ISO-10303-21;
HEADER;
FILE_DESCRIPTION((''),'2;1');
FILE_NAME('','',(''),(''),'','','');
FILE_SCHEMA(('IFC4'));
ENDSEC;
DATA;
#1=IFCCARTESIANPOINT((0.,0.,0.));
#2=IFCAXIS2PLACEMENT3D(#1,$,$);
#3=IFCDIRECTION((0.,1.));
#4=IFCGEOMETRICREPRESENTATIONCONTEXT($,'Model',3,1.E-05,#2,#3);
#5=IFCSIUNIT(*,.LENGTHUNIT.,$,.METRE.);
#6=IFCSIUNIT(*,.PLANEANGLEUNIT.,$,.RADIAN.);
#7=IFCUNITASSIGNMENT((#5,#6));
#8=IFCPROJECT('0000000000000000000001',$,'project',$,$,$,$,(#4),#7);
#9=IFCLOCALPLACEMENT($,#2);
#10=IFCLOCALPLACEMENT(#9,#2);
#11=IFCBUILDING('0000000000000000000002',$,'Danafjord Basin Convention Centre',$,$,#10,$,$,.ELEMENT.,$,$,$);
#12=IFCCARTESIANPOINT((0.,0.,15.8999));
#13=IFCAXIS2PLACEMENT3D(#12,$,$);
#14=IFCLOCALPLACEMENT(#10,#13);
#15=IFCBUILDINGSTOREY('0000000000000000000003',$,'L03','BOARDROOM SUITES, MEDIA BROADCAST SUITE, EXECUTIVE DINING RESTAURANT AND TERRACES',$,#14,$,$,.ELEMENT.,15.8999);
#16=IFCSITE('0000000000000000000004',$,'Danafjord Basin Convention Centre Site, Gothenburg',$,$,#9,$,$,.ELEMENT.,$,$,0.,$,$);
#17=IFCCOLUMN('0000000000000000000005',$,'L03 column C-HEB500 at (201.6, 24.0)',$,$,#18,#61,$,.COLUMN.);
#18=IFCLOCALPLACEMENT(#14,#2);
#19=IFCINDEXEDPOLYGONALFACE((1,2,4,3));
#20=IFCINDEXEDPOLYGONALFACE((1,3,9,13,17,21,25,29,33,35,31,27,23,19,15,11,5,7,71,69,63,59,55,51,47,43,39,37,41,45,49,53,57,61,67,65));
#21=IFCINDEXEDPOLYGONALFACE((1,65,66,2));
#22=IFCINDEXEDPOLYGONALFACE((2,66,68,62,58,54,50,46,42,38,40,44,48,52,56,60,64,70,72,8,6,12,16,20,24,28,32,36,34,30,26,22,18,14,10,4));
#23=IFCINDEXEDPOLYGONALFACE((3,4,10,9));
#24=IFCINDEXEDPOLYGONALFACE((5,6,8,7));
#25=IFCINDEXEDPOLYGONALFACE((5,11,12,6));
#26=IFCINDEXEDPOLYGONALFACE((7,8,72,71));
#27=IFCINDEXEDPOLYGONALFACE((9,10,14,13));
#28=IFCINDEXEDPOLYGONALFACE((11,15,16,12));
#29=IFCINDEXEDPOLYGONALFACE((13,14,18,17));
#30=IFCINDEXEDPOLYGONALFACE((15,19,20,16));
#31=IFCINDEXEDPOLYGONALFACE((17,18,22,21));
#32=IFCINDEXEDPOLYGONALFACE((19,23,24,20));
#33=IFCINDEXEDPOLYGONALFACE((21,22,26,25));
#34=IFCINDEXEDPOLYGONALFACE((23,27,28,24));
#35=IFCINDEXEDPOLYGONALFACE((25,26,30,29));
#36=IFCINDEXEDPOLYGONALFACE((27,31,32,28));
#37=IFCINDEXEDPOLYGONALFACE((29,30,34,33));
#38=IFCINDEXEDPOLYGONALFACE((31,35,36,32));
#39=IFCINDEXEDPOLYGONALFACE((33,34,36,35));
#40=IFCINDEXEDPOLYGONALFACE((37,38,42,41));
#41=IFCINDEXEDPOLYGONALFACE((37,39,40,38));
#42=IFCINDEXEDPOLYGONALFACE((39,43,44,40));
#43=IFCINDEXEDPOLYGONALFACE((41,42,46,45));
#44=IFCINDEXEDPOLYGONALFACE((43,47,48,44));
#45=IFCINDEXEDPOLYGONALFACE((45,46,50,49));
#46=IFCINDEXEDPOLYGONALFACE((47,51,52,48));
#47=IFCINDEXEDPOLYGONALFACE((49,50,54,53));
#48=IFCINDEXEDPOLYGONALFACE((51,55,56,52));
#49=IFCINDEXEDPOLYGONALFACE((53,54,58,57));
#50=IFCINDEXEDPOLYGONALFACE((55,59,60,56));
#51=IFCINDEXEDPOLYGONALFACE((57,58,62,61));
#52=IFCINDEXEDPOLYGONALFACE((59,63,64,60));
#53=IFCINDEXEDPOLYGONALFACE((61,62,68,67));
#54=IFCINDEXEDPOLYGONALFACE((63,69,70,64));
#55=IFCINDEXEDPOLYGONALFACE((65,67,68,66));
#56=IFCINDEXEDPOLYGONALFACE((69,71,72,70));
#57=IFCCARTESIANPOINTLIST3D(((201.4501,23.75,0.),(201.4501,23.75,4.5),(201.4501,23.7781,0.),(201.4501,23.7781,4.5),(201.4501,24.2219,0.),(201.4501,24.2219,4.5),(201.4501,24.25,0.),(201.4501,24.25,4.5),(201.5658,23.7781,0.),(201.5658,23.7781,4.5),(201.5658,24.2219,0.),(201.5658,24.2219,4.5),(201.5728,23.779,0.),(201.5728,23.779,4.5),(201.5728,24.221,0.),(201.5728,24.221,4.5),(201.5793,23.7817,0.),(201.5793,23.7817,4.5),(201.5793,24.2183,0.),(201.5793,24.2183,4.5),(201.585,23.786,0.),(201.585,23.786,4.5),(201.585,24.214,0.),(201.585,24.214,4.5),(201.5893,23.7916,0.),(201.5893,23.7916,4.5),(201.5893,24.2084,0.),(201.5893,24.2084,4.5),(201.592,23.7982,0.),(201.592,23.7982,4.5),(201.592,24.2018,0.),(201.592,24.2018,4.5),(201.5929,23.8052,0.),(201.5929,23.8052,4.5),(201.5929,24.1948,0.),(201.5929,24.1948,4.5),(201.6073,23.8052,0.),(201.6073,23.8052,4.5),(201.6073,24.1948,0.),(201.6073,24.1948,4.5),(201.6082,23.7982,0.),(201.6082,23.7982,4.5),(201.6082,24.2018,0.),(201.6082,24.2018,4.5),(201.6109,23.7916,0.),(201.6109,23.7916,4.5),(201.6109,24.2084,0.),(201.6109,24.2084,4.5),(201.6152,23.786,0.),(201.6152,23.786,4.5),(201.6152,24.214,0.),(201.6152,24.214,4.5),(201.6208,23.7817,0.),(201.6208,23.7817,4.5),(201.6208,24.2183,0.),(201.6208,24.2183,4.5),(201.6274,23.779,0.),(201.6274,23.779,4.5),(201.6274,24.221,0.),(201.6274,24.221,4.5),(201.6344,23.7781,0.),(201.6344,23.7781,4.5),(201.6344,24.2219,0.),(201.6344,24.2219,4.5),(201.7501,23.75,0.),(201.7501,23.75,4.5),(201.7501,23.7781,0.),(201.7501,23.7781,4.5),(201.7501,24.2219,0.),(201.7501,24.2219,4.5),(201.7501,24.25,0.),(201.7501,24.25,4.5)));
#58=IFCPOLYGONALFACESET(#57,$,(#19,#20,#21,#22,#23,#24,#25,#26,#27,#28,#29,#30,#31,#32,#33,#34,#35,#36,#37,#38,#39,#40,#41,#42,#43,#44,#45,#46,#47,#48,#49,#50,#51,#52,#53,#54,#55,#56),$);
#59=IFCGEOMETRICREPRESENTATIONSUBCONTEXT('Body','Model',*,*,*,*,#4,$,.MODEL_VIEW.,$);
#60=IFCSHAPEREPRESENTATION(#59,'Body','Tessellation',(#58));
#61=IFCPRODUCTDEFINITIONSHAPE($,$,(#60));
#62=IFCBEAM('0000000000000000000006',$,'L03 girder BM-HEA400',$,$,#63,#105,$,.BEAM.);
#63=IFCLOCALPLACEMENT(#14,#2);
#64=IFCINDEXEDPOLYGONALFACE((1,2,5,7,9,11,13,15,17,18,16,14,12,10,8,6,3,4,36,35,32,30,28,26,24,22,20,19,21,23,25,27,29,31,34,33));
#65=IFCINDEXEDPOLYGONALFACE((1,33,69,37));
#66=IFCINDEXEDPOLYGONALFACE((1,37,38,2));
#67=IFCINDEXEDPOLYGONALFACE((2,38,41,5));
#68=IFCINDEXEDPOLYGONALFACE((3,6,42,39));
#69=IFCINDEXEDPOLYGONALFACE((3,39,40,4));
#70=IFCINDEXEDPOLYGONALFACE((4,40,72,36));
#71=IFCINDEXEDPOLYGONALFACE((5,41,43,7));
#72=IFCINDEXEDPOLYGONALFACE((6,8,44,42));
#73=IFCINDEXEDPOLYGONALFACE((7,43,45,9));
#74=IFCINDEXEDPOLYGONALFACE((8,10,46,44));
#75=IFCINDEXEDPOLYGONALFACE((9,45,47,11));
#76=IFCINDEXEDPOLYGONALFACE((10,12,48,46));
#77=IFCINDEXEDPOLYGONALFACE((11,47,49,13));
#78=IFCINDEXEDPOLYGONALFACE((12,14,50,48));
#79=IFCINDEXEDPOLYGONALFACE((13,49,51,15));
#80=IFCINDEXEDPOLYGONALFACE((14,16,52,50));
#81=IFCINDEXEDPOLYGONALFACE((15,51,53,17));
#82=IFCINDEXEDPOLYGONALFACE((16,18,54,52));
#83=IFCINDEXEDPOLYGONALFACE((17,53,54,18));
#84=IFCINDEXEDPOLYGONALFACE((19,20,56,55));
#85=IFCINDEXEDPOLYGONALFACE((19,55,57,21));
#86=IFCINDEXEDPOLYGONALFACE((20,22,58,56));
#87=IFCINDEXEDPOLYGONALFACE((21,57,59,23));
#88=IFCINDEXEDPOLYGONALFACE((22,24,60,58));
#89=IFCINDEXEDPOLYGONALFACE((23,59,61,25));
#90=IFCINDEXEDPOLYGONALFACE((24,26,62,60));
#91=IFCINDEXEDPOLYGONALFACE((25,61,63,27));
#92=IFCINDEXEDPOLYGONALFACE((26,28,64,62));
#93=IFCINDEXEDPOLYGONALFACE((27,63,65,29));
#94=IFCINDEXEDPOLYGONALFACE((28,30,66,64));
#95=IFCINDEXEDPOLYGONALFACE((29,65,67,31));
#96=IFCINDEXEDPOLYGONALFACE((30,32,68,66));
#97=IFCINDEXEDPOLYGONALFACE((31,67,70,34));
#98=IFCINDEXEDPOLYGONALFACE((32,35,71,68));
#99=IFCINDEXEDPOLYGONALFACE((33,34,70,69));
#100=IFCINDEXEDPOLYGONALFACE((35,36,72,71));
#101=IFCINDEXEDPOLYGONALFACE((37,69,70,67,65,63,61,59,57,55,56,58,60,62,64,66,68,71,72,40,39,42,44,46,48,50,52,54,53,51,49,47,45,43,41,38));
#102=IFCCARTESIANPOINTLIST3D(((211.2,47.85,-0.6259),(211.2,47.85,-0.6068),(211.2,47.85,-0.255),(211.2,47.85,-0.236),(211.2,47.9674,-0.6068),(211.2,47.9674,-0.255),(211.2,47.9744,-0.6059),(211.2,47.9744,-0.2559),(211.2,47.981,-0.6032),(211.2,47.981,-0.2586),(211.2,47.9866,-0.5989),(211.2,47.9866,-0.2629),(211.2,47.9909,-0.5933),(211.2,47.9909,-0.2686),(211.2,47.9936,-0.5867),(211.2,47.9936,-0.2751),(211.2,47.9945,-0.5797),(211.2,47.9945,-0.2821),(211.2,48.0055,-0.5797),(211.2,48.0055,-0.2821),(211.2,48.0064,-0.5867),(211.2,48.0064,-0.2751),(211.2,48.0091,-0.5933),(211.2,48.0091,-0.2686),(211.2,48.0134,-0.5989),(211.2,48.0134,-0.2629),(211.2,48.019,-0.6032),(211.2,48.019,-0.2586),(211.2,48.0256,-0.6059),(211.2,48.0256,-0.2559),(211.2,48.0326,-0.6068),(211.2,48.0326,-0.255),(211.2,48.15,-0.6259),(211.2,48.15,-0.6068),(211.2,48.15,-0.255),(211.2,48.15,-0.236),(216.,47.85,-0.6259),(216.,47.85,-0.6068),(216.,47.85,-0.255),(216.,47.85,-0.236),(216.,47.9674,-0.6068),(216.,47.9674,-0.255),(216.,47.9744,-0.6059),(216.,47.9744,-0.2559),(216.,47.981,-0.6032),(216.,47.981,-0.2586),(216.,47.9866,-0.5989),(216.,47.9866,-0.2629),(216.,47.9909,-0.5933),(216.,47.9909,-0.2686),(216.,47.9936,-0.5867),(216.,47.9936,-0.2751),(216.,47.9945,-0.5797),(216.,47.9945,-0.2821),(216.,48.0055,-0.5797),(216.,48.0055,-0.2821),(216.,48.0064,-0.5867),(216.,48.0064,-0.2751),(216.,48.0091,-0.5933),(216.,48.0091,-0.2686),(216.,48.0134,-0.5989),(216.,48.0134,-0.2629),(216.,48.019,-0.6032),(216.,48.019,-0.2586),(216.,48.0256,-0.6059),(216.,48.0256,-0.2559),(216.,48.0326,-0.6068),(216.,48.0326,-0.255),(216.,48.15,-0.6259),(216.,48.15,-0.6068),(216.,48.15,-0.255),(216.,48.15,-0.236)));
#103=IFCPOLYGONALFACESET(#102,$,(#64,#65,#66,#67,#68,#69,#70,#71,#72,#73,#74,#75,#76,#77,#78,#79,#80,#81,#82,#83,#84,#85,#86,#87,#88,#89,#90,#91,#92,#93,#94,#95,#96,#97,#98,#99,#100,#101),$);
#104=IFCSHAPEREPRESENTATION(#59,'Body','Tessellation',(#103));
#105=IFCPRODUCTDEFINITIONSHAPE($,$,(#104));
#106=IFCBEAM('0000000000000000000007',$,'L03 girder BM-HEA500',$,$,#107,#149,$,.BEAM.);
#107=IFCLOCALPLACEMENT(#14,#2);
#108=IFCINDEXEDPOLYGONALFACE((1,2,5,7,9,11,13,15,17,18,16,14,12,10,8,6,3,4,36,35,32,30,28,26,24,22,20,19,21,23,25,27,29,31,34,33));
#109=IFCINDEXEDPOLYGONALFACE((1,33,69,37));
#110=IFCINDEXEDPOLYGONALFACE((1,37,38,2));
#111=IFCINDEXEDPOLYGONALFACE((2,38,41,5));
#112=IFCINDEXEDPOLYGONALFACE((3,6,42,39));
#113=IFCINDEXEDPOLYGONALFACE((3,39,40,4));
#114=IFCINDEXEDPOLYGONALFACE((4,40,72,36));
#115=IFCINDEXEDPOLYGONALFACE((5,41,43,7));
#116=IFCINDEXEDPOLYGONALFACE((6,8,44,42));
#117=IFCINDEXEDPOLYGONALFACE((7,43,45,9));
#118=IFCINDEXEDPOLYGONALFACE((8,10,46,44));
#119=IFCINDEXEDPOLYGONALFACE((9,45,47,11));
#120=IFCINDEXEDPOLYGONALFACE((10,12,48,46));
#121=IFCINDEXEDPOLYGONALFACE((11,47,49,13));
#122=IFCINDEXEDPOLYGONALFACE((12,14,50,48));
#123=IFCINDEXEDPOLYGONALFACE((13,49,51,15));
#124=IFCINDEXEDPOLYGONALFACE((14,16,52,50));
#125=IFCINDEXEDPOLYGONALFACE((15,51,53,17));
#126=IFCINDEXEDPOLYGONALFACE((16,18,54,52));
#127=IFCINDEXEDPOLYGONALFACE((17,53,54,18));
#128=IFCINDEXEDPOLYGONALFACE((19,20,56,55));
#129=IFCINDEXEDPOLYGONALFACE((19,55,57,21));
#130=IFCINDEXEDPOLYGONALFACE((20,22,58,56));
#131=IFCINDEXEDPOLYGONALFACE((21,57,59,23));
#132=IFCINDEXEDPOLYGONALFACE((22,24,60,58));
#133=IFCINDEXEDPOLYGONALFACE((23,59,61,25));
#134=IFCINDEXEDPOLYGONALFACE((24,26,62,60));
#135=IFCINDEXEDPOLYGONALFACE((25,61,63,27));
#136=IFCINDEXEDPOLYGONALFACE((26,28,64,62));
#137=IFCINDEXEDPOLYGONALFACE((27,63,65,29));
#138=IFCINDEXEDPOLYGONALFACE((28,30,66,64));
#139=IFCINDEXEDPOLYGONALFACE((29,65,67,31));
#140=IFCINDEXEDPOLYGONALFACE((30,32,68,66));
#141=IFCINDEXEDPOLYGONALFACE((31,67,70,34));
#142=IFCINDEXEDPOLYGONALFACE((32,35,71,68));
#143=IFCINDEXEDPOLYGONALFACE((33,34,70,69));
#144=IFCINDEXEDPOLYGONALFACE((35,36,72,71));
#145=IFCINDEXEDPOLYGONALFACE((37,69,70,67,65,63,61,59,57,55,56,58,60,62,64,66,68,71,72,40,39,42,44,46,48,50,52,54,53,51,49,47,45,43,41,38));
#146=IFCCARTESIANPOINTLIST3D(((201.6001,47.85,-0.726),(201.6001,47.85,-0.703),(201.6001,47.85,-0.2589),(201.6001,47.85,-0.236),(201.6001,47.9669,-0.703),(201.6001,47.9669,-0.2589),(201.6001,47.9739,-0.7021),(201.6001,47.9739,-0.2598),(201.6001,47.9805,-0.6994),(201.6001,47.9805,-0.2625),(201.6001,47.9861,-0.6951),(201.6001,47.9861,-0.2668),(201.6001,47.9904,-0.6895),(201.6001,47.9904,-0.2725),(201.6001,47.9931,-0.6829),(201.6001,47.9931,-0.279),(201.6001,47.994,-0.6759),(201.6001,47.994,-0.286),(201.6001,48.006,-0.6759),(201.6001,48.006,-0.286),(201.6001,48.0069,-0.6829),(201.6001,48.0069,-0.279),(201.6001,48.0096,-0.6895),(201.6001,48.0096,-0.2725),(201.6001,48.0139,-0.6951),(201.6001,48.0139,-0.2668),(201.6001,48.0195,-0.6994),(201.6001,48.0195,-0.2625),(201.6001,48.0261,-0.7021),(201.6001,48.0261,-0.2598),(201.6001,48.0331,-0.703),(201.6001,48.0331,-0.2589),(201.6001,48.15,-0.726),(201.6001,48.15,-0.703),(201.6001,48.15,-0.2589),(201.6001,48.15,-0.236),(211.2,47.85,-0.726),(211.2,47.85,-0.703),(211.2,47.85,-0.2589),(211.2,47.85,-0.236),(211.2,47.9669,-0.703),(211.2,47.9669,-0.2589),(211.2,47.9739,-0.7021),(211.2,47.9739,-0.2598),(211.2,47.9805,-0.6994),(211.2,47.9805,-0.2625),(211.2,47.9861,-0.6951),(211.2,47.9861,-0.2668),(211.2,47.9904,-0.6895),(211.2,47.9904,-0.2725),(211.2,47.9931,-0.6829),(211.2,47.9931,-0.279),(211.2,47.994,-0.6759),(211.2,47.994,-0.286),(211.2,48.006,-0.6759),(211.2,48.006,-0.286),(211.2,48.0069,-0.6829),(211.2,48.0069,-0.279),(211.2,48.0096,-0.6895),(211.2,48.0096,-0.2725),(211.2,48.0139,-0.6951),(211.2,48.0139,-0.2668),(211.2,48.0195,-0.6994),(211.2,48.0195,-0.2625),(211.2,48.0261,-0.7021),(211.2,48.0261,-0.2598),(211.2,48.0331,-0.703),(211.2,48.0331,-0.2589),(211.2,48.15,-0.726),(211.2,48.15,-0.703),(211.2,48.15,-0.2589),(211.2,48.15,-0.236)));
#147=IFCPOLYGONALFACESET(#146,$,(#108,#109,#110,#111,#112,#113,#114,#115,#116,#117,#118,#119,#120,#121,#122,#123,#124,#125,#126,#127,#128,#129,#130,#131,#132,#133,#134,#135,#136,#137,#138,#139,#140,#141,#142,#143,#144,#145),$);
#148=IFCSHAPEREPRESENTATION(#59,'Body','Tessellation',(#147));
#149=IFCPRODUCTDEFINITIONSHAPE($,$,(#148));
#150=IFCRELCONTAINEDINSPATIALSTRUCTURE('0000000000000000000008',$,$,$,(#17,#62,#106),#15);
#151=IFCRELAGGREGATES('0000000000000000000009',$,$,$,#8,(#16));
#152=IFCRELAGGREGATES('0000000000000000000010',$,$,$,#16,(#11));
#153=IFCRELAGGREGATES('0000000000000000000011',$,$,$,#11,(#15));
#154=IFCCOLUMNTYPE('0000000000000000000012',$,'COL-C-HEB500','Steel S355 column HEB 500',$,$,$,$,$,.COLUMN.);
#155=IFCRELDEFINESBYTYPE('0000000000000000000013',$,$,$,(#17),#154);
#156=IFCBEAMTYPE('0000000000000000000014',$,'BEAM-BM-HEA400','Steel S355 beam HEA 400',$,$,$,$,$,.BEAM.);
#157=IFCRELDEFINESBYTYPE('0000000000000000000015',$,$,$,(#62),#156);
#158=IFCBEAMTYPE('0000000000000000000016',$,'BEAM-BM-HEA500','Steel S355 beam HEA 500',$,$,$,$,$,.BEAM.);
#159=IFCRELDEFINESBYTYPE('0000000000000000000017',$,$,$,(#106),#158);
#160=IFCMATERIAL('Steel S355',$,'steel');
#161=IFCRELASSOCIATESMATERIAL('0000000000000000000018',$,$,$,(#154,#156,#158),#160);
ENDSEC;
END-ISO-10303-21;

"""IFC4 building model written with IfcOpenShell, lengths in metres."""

from ifc_helpers import new_model, si_unit, direction, frame, origin, origin_2d, place, context, subcontext, project, spatial, i_section, extrude, material, material_profile, profile_set, type_object, element, save


model = new_model("IFC4")

# Units and contexts
model_context = context("Model", 3, precision=1e-05, world=origin(), true_north=direction((0.0, 1.0)))
body_context = subcontext(model_context, "Body", "Model", "MODEL_VIEW")
ifc_project = project(units=[si_unit("LENGTHUNIT", "METRE"), si_unit("PLANEANGLEUNIT", "RADIAN")], contexts=[model_context])

# Site, building, storey
site_placement = place(None, origin())
site = spatial("IfcSite", under=ifc_project, at=site_placement, Name="Danafjord Basin Convention Centre Site, Gothenburg", CompositionType="ELEMENT", RefElevation=0.0)
building_placement = place(site_placement, origin())
building = spatial("IfcBuilding", under=site, at=building_placement, Name="Danafjord Basin Convention Centre", CompositionType="ELEMENT")
storey_placement = place(building_placement, frame((0.0, 0.0, 15.8999)))
storey = spatial("IfcBuildingStorey", under=building, at=storey_placement, Name="L03", Description="BOARDROOM SUITES, MEDIA BROADCAST SUITE, EXECUTIVE DINING RESTAURANT AND TERRACES", CompositionType="ELEMENT", Elevation=15.8999)

# Column
ifc_material_1 = material(Name="Steel S355", Category="steel")
ifc_material_profile_1 = material_profile(ifc_material_1, i_section(OverallWidth=0.3, OverallDepth=0.5, WebThickness=0.0144, FlangeThickness=0.0281, FilletRadius=0.0271, at=origin_2d()), Name="HEB 500")
ifc_profile_set_1 = profile_set([ifc_material_profile_1], Name="Steel S355")
column_type_1 = type_object("IfcColumnType", Name="COL-C-HEB500", Description="Steel S355 column HEB 500", PredefinedType="COLUMN", material=ifc_profile_set_1)
column_1_placement = place(storey_placement, frame((201.6001, 24.0, 0.0), z_axis=(0.0, 0.0, 1.0), x_axis=(1.0, 0.0, 0.0)))
element("IfcColumn", 1, at=column_1_placement, inside=storey, type_object=column_type_1, Name="L03 column C-HEB500 at (201.6, 24.0)", PredefinedType="COLUMN", context=body_context, shape_type="SweptSolid", body=[
    extrude(i_section(OverallWidth=0.3, OverallDepth=0.5, WebThickness=0.0144, FlangeThickness=0.0281, FilletRadius=0.0271, at=origin_2d()), origin(), (0.0, 0.0, 1.0), 4.5),
])

# Beams
ifc_material_profile_2 = material_profile(ifc_material_1, i_section(OverallWidth=0.3, OverallDepth=0.3899, WebThickness=0.011, FlangeThickness=0.019, FilletRadius=0.0271, at=origin_2d()), Name="HEA 400")
ifc_profile_set_2 = profile_set([ifc_material_profile_2], Name="Steel S355")
beam_type_1 = type_object("IfcBeamType", Name="BEAM-BM-HEA400", Description="Steel S355 beam HEA 400", PredefinedType="BEAM", material=ifc_profile_set_2)
beam_1_placement = place(storey_placement, frame((211.2, 48.0, -0.4309), z_axis=(1.0, 0.0, 0.0), x_axis=(0.0, 1.0, 0.0)))
element("IfcBeam", 2, at=beam_1_placement, inside=storey, type_object=beam_type_1, Name="L03 girder BM-HEA400", PredefinedType="BEAM", context=body_context, shape_type="SweptSolid", body=[
    extrude(i_section(OverallWidth=0.3, OverallDepth=0.3899, WebThickness=0.011, FlangeThickness=0.019, FilletRadius=0.0271, at=origin_2d()), origin(), (0.0, 0.0, 1.0), 4.8),
])
ifc_material_profile_3 = material_profile(ifc_material_1, i_section(OverallWidth=0.3, OverallDepth=0.49, WebThickness=0.012, FlangeThickness=0.0229, FilletRadius=0.0271, at=origin_2d()), Name="HEA 500")
ifc_profile_set_3 = profile_set([ifc_material_profile_3], Name="Steel S355")
beam_type_2 = type_object("IfcBeamType", Name="BEAM-BM-HEA500", Description="Steel S355 beam HEA 500", PredefinedType="BEAM", material=ifc_profile_set_3)
beam_2_placement = place(storey_placement, frame((201.6001, 48.0, -0.481), z_axis=(1.0, 0.0, 0.0), x_axis=(0.0, 1.0, 0.0)))
element("IfcBeam", 3, at=beam_2_placement, inside=storey, type_object=beam_type_2, Name="L03 girder BM-HEA500", PredefinedType="BEAM", context=body_context, shape_type="SweptSolid", body=[
    extrude(i_section(OverallWidth=0.3, OverallDepth=0.49, WebThickness=0.012, FlangeThickness=0.0229, FilletRadius=0.0271, at=origin_2d()), origin(), (0.0, 0.0, 1.0), 9.5999),
])

save(model, "model.ifc")
